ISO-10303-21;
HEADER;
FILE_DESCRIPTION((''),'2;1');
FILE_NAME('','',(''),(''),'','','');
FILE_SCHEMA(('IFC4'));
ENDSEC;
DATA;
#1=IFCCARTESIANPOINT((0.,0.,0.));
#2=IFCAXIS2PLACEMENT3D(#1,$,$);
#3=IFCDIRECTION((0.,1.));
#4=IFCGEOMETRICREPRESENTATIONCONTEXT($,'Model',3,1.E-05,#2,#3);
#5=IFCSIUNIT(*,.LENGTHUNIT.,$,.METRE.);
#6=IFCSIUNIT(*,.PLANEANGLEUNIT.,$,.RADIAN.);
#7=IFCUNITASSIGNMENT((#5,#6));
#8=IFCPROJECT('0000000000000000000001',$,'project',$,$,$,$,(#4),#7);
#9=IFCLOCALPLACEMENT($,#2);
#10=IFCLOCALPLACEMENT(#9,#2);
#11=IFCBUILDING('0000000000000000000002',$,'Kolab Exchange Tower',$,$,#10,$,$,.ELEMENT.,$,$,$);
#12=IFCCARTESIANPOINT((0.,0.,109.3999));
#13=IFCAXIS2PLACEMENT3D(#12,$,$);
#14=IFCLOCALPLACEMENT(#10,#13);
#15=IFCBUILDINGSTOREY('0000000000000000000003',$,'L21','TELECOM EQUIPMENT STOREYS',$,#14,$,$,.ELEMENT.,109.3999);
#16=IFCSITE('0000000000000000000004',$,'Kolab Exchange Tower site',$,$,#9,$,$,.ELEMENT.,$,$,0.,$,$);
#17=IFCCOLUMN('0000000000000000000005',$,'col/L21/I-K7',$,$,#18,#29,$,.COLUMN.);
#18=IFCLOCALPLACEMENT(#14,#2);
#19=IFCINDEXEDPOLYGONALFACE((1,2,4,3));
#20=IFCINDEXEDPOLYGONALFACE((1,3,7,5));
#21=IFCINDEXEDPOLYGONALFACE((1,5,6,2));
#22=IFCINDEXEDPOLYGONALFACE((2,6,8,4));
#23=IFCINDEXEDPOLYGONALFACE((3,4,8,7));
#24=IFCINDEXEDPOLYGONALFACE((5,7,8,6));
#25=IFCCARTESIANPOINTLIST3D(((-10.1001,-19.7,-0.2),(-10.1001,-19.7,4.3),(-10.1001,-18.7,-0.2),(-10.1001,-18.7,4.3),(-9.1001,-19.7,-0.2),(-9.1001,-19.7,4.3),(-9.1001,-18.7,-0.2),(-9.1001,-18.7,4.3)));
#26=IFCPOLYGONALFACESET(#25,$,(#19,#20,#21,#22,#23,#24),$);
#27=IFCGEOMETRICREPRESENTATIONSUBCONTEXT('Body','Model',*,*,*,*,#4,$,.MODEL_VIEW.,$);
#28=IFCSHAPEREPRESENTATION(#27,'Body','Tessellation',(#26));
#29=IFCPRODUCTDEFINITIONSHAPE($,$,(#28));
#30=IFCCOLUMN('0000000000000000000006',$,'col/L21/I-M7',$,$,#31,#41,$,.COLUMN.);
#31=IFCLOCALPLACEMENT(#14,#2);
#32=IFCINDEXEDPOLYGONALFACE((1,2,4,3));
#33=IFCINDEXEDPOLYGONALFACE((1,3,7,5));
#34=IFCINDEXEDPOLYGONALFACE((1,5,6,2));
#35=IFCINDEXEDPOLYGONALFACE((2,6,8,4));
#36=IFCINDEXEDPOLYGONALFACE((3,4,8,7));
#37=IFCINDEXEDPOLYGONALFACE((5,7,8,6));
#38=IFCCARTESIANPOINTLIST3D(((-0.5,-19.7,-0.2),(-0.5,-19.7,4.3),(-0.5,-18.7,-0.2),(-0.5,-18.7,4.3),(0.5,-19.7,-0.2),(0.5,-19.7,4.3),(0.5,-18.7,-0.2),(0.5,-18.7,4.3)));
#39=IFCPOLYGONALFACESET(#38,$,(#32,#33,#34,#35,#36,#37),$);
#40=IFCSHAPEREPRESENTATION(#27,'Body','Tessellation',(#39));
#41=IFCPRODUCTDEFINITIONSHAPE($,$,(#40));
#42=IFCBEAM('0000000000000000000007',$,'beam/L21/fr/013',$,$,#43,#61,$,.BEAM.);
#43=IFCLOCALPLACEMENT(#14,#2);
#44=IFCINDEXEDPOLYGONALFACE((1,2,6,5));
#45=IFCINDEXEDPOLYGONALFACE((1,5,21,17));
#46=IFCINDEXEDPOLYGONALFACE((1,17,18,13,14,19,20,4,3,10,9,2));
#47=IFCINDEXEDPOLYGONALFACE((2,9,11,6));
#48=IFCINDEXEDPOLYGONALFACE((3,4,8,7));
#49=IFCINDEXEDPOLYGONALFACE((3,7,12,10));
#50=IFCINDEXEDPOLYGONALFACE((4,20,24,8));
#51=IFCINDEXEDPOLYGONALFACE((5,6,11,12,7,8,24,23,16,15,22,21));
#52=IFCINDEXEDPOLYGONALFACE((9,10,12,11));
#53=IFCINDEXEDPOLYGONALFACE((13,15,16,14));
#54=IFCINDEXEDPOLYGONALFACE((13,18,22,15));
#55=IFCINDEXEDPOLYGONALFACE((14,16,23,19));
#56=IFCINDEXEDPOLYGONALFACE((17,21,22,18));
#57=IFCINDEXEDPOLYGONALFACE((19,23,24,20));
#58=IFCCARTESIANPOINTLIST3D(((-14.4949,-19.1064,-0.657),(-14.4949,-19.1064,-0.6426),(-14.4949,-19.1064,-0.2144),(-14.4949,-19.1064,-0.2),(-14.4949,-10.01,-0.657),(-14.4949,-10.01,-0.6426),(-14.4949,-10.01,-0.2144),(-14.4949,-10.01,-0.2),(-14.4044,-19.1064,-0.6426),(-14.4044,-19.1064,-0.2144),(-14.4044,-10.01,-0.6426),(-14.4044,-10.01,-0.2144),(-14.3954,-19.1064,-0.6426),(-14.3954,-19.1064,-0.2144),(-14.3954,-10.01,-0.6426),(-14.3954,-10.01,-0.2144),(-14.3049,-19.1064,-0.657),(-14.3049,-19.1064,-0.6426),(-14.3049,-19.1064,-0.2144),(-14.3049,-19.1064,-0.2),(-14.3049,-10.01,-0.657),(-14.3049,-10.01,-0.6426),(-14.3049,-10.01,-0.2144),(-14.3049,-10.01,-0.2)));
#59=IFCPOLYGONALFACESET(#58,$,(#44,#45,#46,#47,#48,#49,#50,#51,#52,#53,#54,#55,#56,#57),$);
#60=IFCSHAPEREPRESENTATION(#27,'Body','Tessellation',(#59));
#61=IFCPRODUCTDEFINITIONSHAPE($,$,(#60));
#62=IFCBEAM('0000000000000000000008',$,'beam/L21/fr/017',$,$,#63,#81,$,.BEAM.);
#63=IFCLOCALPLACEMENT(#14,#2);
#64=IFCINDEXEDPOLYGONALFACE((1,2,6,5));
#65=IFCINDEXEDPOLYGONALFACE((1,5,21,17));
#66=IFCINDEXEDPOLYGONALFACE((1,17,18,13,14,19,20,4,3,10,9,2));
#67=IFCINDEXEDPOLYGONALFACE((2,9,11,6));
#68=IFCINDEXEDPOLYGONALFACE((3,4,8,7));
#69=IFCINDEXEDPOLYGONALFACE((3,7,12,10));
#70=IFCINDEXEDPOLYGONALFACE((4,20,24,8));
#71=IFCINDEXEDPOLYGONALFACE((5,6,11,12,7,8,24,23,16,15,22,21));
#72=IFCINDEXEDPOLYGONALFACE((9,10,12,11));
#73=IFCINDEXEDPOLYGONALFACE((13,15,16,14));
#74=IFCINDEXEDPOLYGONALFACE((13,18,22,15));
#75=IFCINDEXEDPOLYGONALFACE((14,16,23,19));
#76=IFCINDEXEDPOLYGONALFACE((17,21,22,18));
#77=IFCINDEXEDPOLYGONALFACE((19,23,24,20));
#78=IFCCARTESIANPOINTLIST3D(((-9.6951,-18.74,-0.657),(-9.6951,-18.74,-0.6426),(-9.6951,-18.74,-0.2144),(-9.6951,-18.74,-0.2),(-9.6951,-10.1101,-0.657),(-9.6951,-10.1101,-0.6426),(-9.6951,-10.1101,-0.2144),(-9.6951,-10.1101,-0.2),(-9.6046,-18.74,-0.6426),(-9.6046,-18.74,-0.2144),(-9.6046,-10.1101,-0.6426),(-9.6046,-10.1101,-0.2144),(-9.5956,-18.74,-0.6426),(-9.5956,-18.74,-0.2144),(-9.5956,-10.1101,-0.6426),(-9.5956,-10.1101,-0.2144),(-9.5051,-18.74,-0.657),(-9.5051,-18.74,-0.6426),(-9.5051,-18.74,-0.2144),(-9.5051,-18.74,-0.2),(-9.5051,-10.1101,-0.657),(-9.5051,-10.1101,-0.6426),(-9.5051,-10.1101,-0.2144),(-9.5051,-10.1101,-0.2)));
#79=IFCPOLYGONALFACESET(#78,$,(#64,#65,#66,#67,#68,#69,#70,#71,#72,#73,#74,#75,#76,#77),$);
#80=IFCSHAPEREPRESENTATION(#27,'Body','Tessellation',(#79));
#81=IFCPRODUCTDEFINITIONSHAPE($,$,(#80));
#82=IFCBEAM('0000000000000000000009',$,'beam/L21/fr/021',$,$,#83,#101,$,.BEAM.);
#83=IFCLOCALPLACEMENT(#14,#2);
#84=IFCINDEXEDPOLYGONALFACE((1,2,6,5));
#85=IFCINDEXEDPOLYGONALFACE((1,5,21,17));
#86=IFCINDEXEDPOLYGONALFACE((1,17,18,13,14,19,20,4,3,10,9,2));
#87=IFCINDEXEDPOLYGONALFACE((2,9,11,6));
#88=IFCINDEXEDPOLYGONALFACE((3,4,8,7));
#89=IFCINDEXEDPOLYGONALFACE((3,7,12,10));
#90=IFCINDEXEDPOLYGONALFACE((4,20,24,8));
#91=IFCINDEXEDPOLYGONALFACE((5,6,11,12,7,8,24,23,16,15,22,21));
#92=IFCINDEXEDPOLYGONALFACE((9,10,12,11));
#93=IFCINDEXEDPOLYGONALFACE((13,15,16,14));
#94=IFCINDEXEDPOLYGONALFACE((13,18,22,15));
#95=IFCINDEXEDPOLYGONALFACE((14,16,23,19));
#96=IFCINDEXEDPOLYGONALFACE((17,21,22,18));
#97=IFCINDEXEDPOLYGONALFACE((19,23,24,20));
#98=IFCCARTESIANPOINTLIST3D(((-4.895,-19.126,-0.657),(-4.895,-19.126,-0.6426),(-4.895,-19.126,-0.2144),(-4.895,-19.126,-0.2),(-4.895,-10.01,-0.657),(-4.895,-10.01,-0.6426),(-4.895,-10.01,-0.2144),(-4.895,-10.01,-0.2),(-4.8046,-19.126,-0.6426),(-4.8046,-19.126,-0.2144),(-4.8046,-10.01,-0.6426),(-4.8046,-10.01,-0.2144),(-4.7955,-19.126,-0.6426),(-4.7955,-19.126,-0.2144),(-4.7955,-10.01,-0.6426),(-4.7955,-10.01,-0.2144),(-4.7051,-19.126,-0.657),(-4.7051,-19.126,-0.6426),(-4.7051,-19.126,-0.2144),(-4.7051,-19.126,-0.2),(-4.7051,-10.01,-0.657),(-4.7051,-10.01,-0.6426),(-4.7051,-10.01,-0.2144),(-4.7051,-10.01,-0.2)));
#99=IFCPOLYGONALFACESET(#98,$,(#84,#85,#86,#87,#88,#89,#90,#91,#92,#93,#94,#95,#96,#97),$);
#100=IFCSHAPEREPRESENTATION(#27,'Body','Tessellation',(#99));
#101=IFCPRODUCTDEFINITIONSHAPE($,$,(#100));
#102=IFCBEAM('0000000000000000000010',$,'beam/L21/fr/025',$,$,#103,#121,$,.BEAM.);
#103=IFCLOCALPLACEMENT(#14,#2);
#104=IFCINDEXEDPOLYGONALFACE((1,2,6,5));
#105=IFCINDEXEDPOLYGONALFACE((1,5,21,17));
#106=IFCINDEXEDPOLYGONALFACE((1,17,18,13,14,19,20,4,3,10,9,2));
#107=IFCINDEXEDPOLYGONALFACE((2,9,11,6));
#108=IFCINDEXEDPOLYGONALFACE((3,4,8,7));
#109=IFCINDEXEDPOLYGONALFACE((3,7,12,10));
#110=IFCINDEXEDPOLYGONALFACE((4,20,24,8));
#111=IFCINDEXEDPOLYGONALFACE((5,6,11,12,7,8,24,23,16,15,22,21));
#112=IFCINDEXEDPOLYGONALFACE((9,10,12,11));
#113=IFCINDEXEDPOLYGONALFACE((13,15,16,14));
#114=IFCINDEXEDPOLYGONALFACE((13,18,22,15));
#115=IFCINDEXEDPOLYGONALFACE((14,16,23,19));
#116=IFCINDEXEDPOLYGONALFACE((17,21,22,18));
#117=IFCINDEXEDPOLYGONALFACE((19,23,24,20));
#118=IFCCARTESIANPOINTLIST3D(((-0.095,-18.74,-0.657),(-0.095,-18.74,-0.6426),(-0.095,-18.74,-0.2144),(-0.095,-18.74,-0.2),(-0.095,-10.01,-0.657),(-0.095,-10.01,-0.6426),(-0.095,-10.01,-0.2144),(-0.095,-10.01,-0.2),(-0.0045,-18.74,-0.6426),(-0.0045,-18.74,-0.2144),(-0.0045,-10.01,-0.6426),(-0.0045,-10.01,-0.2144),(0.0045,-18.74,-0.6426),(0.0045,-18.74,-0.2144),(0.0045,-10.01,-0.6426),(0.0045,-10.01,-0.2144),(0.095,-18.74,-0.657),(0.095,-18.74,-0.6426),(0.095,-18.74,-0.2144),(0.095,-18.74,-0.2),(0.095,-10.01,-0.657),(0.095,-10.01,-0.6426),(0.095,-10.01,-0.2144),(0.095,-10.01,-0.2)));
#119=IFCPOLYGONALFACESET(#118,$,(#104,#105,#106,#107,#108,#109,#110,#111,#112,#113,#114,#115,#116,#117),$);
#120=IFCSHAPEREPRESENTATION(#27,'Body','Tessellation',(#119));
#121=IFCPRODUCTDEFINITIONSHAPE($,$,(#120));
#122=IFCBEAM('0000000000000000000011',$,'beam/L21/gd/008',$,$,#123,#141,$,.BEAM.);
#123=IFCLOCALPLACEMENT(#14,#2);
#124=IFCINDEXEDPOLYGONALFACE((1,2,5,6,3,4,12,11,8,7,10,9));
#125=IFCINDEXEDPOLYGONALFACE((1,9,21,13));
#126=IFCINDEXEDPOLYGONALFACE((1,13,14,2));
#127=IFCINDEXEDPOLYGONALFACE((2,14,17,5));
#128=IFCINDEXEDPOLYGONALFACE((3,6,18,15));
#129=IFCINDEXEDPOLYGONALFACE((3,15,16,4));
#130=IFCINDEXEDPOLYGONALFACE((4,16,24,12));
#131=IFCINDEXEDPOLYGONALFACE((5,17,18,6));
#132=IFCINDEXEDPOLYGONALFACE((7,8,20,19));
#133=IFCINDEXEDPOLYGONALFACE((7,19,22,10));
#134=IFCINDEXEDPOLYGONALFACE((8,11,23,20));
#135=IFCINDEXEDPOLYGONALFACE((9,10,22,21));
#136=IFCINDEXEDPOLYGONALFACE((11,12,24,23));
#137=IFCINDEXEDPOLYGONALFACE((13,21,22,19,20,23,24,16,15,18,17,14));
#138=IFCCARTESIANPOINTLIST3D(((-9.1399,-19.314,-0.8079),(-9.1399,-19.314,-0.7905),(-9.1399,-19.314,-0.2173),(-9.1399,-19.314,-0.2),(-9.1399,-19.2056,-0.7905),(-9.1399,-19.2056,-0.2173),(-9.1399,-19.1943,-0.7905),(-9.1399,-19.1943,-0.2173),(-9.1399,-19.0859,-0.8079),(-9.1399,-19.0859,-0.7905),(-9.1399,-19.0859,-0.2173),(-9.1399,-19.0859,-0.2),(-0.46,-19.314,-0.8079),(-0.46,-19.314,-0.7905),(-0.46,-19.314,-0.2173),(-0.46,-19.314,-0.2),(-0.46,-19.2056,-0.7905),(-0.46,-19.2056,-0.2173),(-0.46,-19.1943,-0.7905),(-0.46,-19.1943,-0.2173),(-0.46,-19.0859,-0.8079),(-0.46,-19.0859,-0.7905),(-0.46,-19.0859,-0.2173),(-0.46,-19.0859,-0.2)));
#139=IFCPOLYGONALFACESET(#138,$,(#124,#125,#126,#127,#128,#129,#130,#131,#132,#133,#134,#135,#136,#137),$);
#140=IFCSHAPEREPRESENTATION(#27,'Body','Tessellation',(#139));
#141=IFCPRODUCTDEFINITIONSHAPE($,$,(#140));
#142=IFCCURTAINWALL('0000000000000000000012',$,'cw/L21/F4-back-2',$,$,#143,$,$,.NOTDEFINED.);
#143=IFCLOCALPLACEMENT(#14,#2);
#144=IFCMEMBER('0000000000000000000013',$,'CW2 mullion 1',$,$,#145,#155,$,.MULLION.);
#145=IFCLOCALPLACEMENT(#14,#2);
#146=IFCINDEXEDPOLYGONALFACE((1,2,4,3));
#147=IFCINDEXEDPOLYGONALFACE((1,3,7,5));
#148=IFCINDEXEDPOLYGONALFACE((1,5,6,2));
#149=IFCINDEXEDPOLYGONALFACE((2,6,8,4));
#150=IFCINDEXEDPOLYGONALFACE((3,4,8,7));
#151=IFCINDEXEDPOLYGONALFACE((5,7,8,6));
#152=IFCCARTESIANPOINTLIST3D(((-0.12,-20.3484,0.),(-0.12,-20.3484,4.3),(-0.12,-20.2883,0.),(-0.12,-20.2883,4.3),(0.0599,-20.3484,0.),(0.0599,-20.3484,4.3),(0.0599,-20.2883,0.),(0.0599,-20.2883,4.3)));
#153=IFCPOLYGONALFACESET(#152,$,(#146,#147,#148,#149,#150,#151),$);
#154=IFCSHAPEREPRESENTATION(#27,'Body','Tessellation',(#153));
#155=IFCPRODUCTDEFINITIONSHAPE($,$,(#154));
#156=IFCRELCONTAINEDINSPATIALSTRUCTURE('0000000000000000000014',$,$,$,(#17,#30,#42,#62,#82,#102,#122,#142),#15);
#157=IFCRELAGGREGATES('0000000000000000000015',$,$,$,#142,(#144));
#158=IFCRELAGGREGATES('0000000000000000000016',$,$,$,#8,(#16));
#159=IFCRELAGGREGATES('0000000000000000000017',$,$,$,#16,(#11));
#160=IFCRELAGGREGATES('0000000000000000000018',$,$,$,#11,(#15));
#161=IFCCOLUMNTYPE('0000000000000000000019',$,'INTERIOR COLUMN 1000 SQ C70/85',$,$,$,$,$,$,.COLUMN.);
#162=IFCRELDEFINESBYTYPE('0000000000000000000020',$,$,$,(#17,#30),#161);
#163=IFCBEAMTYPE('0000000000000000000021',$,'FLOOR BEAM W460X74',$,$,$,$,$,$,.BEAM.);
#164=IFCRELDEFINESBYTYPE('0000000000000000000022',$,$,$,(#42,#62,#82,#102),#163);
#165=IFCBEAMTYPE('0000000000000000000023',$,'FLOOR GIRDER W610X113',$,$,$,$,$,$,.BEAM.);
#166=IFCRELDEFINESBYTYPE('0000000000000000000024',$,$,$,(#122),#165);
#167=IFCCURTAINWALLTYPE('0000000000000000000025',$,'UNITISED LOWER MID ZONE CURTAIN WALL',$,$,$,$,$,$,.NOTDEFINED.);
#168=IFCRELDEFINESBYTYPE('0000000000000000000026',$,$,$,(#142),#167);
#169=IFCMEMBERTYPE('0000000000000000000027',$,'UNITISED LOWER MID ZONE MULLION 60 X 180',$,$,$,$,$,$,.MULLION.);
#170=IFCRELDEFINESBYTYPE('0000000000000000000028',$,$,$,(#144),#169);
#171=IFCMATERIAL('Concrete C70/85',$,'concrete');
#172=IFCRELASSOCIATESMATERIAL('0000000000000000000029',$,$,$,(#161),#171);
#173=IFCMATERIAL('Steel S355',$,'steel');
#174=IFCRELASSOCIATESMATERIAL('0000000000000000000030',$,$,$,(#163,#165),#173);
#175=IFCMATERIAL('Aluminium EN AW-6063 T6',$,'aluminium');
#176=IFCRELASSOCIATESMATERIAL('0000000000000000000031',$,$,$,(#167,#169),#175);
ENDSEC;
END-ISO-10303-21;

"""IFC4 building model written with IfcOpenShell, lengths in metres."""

from ifc_helpers import new_model, si_unit, direction, frame, origin, origin_2d, place, context, subcontext, project, spatial, rectangle, i_section, extrude, material, material_profile, profile_set, type_object, element, aggregate, save


model = new_model("IFC4")

# Units and contexts
model_context = context("Model", 3, precision=1e-05, world=origin(), true_north=direction((0.0, 1.0)))
body_context = subcontext(model_context, "Body", "Model", "MODEL_VIEW")
ifc_project = project(units=[si_unit("LENGTHUNIT", "METRE"), si_unit("PLANEANGLEUNIT", "RADIAN")], contexts=[model_context])

# Site, building, storey
site_placement = place(None, origin())
site = spatial("IfcSite", under=ifc_project, at=site_placement, Name="Kolab Exchange Tower site", CompositionType="ELEMENT", RefElevation=0.0)
building_placement = place(site_placement, origin())
building = spatial("IfcBuilding", under=site, at=building_placement, Name="Kolab Exchange Tower", CompositionType="ELEMENT")
storey_placement = place(building_placement, frame((0.0, 0.0, 109.3999)))
storey = spatial("IfcBuildingStorey", under=building, at=storey_placement, Name="L21", Description="TELECOM EQUIPMENT STOREYS", CompositionType="ELEMENT", Elevation=109.3999)

# Columns
ifc_material_1 = material(Name="Concrete C70/85", Category="concrete")
ifc_material_profile_1 = material_profile(ifc_material_1, rectangle(XDim=1.0, YDim=1.0, at=origin_2d()), Name="RC1000")
ifc_profile_set_1 = profile_set([ifc_material_profile_1], Name="Concrete C70/85")
column_type = type_object("IfcColumnType", Name="INTERIOR COLUMN 1000 SQ C70/85", PredefinedType="COLUMN", material=ifc_profile_set_1)
for number, where, z_axis, x_axis, name in (
    (1, (-9.6001, -19.2, -0.2), (0.0, 0.0, 1.0), (1.0, 0.0, 0.0), "col/L21/I-K7"),
    (2, (0.0, -19.2, -0.2), (0.0, 0.0, 1.0), (1.0, 0.0, 0.0), "col/L21/I-M7"),
):
    element("IfcColumn", number, at=place(storey_placement, frame(where, z_axis=z_axis, x_axis=x_axis)), inside=storey, type_object=column_type, Name=name, PredefinedType="COLUMN", context=body_context, shape_type="SweptSolid", body=[
        extrude(rectangle(XDim=1.0, YDim=1.0, at=origin_2d()), origin(), (0.0, 0.0, 1.0), 4.5),
    ])

# Beams
ifc_material_2 = material(Name="Steel S355", Category="steel")
ifc_material_profile_2 = material_profile(ifc_material_2, i_section(OverallWidth=0.1899, OverallDepth=0.457, WebThickness=0.009, FlangeThickness=0.0144, at=origin_2d()), Name="W460X74")
ifc_profile_set_2 = profile_set([ifc_material_profile_2], Name="Steel S355")
beam_type_1 = type_object("IfcBeamType", Name="FLOOR BEAM W460X74", PredefinedType="BEAM", material=ifc_profile_set_2)
beam_1_placement = place(storey_placement, frame((-14.3999, -19.1064, -0.4285), z_axis=(0.0, 1.0, 0.0), x_axis=(-1.0, 0.0, 0.0)))
element("IfcBeam", 3, at=beam_1_placement, inside=storey, type_object=beam_type_1, Name="beam/L21/fr/013", PredefinedType="BEAM", context=body_context, shape_type="SweptSolid", body=[
    extrude(i_section(OverallWidth=0.1899, OverallDepth=0.457, WebThickness=0.009, FlangeThickness=0.0144, at=origin_2d()), origin(), (0.0, 0.0, 1.0), 9.0964),
])
beam_2_placement = place(storey_placement, frame((-9.6001, -18.74, -0.4285), z_axis=(0.0, 1.0, 0.0), x_axis=(-1.0, 0.0, 0.0)))
element("IfcBeam", 4, at=beam_2_placement, inside=storey, type_object=beam_type_1, Name="beam/L21/fr/017", PredefinedType="BEAM", context=body_context, shape_type="SweptSolid", body=[
    extrude(i_section(OverallWidth=0.1899, OverallDepth=0.457, WebThickness=0.009, FlangeThickness=0.0144, at=origin_2d()), origin(), (0.0, 0.0, 1.0), 8.6299),
])
beam_3_placement = place(storey_placement, frame((-4.8, -19.126, -0.4285), z_axis=(0.0, 1.0, 0.0), x_axis=(-1.0, 0.0, 0.0)))
element("IfcBeam", 5, at=beam_3_placement, inside=storey, type_object=beam_type_1, Name="beam/L21/fr/021", PredefinedType="BEAM", context=body_context, shape_type="SweptSolid", body=[
    extrude(i_section(OverallWidth=0.1899, OverallDepth=0.457, WebThickness=0.009, FlangeThickness=0.0144, at=origin_2d()), origin(), (0.0, 0.0, 1.0), 9.116),
])
beam_4_placement = place(storey_placement, frame((0.0, -18.74, -0.4285), z_axis=(0.0, 1.0, 0.0), x_axis=(-1.0, 0.0, 0.0)))
element("IfcBeam", 6, at=beam_4_placement, inside=storey, type_object=beam_type_1, Name="beam/L21/fr/025", PredefinedType="BEAM", context=body_context, shape_type="SweptSolid", body=[
    extrude(i_section(OverallWidth=0.1899, OverallDepth=0.457, WebThickness=0.009, FlangeThickness=0.0144, at=origin_2d()), origin(), (0.0, 0.0, 1.0), 8.73),
])
ifc_material_profile_3 = material_profile(ifc_material_2, i_section(OverallWidth=0.228, OverallDepth=0.6079, WebThickness=0.0112, FlangeThickness=0.0173, at=origin_2d()), Name="W610X113")
ifc_profile_set_3 = profile_set([ifc_material_profile_3], Name="Steel S355")
beam_type_2 = type_object("IfcBeamType", Name="FLOOR GIRDER W610X113", PredefinedType="BEAM", material=ifc_profile_set_3)
beam_5_placement = place(storey_placement, frame((-9.1399, -19.2, -0.5039), z_axis=(1.0, 0.0, 0.0), x_axis=(0.0, 1.0, 0.0)))
element("IfcBeam", 7, at=beam_5_placement, inside=storey, type_object=beam_type_2, Name="beam/L21/gd/008", PredefinedType="BEAM", context=body_context, shape_type="SweptSolid", body=[
    extrude(i_section(OverallWidth=0.228, OverallDepth=0.6079, WebThickness=0.0112, FlangeThickness=0.0173, at=origin_2d()), origin(), (0.0, 0.0, 1.0), 8.6799),
])

# Curtain wall, member
ifc_material_3 = material(Name="Aluminium EN AW-6063 T6", Category="aluminium")
curtain_wall_type = type_object("IfcCurtainWallType", Name="UNITISED LOWER MID ZONE CURTAIN WALL", PredefinedType="NOTDEFINED", material=ifc_material_3)
curtain_wall_placement = place(storey_placement, origin())
curtain_wall = element("IfcCurtainWall", 8, at=curtain_wall_placement, inside=storey, type_object=curtain_wall_type, Name="cw/L21/F4-back-2", PredefinedType="NOTDEFINED")
ifc_material_profile_4 = material_profile(ifc_material_3, rectangle(XDim=0.0601, YDim=0.1799, at=origin_2d()), Name="RECT 60X180")
ifc_profile_set_4 = profile_set([ifc_material_profile_4], Name="Aluminium EN AW-6063 T6")
member_type = type_object("IfcMemberType", Name="UNITISED LOWER MID ZONE MULLION 60 X 180", PredefinedType="MULLION", material=ifc_profile_set_4)
member_placement = place(storey_placement, frame((-0.03, -20.3184, 0.0), z_axis=(0.0, 0.0, 1.0), x_axis=(0.0, -1.0, 0.0)))
member = element("IfcMember", 9, at=member_placement, type_object=member_type, Name="CW2 mullion 1", PredefinedType="MULLION", context=body_context, shape_type="SweptSolid", body=[
    extrude(rectangle(XDim=0.0601, YDim=0.1799, at=origin_2d()), origin(), (0.0, 0.0, 1.0), 4.3),
])
aggregate(curtain_wall, [member])

save(model, "model.ifc")
